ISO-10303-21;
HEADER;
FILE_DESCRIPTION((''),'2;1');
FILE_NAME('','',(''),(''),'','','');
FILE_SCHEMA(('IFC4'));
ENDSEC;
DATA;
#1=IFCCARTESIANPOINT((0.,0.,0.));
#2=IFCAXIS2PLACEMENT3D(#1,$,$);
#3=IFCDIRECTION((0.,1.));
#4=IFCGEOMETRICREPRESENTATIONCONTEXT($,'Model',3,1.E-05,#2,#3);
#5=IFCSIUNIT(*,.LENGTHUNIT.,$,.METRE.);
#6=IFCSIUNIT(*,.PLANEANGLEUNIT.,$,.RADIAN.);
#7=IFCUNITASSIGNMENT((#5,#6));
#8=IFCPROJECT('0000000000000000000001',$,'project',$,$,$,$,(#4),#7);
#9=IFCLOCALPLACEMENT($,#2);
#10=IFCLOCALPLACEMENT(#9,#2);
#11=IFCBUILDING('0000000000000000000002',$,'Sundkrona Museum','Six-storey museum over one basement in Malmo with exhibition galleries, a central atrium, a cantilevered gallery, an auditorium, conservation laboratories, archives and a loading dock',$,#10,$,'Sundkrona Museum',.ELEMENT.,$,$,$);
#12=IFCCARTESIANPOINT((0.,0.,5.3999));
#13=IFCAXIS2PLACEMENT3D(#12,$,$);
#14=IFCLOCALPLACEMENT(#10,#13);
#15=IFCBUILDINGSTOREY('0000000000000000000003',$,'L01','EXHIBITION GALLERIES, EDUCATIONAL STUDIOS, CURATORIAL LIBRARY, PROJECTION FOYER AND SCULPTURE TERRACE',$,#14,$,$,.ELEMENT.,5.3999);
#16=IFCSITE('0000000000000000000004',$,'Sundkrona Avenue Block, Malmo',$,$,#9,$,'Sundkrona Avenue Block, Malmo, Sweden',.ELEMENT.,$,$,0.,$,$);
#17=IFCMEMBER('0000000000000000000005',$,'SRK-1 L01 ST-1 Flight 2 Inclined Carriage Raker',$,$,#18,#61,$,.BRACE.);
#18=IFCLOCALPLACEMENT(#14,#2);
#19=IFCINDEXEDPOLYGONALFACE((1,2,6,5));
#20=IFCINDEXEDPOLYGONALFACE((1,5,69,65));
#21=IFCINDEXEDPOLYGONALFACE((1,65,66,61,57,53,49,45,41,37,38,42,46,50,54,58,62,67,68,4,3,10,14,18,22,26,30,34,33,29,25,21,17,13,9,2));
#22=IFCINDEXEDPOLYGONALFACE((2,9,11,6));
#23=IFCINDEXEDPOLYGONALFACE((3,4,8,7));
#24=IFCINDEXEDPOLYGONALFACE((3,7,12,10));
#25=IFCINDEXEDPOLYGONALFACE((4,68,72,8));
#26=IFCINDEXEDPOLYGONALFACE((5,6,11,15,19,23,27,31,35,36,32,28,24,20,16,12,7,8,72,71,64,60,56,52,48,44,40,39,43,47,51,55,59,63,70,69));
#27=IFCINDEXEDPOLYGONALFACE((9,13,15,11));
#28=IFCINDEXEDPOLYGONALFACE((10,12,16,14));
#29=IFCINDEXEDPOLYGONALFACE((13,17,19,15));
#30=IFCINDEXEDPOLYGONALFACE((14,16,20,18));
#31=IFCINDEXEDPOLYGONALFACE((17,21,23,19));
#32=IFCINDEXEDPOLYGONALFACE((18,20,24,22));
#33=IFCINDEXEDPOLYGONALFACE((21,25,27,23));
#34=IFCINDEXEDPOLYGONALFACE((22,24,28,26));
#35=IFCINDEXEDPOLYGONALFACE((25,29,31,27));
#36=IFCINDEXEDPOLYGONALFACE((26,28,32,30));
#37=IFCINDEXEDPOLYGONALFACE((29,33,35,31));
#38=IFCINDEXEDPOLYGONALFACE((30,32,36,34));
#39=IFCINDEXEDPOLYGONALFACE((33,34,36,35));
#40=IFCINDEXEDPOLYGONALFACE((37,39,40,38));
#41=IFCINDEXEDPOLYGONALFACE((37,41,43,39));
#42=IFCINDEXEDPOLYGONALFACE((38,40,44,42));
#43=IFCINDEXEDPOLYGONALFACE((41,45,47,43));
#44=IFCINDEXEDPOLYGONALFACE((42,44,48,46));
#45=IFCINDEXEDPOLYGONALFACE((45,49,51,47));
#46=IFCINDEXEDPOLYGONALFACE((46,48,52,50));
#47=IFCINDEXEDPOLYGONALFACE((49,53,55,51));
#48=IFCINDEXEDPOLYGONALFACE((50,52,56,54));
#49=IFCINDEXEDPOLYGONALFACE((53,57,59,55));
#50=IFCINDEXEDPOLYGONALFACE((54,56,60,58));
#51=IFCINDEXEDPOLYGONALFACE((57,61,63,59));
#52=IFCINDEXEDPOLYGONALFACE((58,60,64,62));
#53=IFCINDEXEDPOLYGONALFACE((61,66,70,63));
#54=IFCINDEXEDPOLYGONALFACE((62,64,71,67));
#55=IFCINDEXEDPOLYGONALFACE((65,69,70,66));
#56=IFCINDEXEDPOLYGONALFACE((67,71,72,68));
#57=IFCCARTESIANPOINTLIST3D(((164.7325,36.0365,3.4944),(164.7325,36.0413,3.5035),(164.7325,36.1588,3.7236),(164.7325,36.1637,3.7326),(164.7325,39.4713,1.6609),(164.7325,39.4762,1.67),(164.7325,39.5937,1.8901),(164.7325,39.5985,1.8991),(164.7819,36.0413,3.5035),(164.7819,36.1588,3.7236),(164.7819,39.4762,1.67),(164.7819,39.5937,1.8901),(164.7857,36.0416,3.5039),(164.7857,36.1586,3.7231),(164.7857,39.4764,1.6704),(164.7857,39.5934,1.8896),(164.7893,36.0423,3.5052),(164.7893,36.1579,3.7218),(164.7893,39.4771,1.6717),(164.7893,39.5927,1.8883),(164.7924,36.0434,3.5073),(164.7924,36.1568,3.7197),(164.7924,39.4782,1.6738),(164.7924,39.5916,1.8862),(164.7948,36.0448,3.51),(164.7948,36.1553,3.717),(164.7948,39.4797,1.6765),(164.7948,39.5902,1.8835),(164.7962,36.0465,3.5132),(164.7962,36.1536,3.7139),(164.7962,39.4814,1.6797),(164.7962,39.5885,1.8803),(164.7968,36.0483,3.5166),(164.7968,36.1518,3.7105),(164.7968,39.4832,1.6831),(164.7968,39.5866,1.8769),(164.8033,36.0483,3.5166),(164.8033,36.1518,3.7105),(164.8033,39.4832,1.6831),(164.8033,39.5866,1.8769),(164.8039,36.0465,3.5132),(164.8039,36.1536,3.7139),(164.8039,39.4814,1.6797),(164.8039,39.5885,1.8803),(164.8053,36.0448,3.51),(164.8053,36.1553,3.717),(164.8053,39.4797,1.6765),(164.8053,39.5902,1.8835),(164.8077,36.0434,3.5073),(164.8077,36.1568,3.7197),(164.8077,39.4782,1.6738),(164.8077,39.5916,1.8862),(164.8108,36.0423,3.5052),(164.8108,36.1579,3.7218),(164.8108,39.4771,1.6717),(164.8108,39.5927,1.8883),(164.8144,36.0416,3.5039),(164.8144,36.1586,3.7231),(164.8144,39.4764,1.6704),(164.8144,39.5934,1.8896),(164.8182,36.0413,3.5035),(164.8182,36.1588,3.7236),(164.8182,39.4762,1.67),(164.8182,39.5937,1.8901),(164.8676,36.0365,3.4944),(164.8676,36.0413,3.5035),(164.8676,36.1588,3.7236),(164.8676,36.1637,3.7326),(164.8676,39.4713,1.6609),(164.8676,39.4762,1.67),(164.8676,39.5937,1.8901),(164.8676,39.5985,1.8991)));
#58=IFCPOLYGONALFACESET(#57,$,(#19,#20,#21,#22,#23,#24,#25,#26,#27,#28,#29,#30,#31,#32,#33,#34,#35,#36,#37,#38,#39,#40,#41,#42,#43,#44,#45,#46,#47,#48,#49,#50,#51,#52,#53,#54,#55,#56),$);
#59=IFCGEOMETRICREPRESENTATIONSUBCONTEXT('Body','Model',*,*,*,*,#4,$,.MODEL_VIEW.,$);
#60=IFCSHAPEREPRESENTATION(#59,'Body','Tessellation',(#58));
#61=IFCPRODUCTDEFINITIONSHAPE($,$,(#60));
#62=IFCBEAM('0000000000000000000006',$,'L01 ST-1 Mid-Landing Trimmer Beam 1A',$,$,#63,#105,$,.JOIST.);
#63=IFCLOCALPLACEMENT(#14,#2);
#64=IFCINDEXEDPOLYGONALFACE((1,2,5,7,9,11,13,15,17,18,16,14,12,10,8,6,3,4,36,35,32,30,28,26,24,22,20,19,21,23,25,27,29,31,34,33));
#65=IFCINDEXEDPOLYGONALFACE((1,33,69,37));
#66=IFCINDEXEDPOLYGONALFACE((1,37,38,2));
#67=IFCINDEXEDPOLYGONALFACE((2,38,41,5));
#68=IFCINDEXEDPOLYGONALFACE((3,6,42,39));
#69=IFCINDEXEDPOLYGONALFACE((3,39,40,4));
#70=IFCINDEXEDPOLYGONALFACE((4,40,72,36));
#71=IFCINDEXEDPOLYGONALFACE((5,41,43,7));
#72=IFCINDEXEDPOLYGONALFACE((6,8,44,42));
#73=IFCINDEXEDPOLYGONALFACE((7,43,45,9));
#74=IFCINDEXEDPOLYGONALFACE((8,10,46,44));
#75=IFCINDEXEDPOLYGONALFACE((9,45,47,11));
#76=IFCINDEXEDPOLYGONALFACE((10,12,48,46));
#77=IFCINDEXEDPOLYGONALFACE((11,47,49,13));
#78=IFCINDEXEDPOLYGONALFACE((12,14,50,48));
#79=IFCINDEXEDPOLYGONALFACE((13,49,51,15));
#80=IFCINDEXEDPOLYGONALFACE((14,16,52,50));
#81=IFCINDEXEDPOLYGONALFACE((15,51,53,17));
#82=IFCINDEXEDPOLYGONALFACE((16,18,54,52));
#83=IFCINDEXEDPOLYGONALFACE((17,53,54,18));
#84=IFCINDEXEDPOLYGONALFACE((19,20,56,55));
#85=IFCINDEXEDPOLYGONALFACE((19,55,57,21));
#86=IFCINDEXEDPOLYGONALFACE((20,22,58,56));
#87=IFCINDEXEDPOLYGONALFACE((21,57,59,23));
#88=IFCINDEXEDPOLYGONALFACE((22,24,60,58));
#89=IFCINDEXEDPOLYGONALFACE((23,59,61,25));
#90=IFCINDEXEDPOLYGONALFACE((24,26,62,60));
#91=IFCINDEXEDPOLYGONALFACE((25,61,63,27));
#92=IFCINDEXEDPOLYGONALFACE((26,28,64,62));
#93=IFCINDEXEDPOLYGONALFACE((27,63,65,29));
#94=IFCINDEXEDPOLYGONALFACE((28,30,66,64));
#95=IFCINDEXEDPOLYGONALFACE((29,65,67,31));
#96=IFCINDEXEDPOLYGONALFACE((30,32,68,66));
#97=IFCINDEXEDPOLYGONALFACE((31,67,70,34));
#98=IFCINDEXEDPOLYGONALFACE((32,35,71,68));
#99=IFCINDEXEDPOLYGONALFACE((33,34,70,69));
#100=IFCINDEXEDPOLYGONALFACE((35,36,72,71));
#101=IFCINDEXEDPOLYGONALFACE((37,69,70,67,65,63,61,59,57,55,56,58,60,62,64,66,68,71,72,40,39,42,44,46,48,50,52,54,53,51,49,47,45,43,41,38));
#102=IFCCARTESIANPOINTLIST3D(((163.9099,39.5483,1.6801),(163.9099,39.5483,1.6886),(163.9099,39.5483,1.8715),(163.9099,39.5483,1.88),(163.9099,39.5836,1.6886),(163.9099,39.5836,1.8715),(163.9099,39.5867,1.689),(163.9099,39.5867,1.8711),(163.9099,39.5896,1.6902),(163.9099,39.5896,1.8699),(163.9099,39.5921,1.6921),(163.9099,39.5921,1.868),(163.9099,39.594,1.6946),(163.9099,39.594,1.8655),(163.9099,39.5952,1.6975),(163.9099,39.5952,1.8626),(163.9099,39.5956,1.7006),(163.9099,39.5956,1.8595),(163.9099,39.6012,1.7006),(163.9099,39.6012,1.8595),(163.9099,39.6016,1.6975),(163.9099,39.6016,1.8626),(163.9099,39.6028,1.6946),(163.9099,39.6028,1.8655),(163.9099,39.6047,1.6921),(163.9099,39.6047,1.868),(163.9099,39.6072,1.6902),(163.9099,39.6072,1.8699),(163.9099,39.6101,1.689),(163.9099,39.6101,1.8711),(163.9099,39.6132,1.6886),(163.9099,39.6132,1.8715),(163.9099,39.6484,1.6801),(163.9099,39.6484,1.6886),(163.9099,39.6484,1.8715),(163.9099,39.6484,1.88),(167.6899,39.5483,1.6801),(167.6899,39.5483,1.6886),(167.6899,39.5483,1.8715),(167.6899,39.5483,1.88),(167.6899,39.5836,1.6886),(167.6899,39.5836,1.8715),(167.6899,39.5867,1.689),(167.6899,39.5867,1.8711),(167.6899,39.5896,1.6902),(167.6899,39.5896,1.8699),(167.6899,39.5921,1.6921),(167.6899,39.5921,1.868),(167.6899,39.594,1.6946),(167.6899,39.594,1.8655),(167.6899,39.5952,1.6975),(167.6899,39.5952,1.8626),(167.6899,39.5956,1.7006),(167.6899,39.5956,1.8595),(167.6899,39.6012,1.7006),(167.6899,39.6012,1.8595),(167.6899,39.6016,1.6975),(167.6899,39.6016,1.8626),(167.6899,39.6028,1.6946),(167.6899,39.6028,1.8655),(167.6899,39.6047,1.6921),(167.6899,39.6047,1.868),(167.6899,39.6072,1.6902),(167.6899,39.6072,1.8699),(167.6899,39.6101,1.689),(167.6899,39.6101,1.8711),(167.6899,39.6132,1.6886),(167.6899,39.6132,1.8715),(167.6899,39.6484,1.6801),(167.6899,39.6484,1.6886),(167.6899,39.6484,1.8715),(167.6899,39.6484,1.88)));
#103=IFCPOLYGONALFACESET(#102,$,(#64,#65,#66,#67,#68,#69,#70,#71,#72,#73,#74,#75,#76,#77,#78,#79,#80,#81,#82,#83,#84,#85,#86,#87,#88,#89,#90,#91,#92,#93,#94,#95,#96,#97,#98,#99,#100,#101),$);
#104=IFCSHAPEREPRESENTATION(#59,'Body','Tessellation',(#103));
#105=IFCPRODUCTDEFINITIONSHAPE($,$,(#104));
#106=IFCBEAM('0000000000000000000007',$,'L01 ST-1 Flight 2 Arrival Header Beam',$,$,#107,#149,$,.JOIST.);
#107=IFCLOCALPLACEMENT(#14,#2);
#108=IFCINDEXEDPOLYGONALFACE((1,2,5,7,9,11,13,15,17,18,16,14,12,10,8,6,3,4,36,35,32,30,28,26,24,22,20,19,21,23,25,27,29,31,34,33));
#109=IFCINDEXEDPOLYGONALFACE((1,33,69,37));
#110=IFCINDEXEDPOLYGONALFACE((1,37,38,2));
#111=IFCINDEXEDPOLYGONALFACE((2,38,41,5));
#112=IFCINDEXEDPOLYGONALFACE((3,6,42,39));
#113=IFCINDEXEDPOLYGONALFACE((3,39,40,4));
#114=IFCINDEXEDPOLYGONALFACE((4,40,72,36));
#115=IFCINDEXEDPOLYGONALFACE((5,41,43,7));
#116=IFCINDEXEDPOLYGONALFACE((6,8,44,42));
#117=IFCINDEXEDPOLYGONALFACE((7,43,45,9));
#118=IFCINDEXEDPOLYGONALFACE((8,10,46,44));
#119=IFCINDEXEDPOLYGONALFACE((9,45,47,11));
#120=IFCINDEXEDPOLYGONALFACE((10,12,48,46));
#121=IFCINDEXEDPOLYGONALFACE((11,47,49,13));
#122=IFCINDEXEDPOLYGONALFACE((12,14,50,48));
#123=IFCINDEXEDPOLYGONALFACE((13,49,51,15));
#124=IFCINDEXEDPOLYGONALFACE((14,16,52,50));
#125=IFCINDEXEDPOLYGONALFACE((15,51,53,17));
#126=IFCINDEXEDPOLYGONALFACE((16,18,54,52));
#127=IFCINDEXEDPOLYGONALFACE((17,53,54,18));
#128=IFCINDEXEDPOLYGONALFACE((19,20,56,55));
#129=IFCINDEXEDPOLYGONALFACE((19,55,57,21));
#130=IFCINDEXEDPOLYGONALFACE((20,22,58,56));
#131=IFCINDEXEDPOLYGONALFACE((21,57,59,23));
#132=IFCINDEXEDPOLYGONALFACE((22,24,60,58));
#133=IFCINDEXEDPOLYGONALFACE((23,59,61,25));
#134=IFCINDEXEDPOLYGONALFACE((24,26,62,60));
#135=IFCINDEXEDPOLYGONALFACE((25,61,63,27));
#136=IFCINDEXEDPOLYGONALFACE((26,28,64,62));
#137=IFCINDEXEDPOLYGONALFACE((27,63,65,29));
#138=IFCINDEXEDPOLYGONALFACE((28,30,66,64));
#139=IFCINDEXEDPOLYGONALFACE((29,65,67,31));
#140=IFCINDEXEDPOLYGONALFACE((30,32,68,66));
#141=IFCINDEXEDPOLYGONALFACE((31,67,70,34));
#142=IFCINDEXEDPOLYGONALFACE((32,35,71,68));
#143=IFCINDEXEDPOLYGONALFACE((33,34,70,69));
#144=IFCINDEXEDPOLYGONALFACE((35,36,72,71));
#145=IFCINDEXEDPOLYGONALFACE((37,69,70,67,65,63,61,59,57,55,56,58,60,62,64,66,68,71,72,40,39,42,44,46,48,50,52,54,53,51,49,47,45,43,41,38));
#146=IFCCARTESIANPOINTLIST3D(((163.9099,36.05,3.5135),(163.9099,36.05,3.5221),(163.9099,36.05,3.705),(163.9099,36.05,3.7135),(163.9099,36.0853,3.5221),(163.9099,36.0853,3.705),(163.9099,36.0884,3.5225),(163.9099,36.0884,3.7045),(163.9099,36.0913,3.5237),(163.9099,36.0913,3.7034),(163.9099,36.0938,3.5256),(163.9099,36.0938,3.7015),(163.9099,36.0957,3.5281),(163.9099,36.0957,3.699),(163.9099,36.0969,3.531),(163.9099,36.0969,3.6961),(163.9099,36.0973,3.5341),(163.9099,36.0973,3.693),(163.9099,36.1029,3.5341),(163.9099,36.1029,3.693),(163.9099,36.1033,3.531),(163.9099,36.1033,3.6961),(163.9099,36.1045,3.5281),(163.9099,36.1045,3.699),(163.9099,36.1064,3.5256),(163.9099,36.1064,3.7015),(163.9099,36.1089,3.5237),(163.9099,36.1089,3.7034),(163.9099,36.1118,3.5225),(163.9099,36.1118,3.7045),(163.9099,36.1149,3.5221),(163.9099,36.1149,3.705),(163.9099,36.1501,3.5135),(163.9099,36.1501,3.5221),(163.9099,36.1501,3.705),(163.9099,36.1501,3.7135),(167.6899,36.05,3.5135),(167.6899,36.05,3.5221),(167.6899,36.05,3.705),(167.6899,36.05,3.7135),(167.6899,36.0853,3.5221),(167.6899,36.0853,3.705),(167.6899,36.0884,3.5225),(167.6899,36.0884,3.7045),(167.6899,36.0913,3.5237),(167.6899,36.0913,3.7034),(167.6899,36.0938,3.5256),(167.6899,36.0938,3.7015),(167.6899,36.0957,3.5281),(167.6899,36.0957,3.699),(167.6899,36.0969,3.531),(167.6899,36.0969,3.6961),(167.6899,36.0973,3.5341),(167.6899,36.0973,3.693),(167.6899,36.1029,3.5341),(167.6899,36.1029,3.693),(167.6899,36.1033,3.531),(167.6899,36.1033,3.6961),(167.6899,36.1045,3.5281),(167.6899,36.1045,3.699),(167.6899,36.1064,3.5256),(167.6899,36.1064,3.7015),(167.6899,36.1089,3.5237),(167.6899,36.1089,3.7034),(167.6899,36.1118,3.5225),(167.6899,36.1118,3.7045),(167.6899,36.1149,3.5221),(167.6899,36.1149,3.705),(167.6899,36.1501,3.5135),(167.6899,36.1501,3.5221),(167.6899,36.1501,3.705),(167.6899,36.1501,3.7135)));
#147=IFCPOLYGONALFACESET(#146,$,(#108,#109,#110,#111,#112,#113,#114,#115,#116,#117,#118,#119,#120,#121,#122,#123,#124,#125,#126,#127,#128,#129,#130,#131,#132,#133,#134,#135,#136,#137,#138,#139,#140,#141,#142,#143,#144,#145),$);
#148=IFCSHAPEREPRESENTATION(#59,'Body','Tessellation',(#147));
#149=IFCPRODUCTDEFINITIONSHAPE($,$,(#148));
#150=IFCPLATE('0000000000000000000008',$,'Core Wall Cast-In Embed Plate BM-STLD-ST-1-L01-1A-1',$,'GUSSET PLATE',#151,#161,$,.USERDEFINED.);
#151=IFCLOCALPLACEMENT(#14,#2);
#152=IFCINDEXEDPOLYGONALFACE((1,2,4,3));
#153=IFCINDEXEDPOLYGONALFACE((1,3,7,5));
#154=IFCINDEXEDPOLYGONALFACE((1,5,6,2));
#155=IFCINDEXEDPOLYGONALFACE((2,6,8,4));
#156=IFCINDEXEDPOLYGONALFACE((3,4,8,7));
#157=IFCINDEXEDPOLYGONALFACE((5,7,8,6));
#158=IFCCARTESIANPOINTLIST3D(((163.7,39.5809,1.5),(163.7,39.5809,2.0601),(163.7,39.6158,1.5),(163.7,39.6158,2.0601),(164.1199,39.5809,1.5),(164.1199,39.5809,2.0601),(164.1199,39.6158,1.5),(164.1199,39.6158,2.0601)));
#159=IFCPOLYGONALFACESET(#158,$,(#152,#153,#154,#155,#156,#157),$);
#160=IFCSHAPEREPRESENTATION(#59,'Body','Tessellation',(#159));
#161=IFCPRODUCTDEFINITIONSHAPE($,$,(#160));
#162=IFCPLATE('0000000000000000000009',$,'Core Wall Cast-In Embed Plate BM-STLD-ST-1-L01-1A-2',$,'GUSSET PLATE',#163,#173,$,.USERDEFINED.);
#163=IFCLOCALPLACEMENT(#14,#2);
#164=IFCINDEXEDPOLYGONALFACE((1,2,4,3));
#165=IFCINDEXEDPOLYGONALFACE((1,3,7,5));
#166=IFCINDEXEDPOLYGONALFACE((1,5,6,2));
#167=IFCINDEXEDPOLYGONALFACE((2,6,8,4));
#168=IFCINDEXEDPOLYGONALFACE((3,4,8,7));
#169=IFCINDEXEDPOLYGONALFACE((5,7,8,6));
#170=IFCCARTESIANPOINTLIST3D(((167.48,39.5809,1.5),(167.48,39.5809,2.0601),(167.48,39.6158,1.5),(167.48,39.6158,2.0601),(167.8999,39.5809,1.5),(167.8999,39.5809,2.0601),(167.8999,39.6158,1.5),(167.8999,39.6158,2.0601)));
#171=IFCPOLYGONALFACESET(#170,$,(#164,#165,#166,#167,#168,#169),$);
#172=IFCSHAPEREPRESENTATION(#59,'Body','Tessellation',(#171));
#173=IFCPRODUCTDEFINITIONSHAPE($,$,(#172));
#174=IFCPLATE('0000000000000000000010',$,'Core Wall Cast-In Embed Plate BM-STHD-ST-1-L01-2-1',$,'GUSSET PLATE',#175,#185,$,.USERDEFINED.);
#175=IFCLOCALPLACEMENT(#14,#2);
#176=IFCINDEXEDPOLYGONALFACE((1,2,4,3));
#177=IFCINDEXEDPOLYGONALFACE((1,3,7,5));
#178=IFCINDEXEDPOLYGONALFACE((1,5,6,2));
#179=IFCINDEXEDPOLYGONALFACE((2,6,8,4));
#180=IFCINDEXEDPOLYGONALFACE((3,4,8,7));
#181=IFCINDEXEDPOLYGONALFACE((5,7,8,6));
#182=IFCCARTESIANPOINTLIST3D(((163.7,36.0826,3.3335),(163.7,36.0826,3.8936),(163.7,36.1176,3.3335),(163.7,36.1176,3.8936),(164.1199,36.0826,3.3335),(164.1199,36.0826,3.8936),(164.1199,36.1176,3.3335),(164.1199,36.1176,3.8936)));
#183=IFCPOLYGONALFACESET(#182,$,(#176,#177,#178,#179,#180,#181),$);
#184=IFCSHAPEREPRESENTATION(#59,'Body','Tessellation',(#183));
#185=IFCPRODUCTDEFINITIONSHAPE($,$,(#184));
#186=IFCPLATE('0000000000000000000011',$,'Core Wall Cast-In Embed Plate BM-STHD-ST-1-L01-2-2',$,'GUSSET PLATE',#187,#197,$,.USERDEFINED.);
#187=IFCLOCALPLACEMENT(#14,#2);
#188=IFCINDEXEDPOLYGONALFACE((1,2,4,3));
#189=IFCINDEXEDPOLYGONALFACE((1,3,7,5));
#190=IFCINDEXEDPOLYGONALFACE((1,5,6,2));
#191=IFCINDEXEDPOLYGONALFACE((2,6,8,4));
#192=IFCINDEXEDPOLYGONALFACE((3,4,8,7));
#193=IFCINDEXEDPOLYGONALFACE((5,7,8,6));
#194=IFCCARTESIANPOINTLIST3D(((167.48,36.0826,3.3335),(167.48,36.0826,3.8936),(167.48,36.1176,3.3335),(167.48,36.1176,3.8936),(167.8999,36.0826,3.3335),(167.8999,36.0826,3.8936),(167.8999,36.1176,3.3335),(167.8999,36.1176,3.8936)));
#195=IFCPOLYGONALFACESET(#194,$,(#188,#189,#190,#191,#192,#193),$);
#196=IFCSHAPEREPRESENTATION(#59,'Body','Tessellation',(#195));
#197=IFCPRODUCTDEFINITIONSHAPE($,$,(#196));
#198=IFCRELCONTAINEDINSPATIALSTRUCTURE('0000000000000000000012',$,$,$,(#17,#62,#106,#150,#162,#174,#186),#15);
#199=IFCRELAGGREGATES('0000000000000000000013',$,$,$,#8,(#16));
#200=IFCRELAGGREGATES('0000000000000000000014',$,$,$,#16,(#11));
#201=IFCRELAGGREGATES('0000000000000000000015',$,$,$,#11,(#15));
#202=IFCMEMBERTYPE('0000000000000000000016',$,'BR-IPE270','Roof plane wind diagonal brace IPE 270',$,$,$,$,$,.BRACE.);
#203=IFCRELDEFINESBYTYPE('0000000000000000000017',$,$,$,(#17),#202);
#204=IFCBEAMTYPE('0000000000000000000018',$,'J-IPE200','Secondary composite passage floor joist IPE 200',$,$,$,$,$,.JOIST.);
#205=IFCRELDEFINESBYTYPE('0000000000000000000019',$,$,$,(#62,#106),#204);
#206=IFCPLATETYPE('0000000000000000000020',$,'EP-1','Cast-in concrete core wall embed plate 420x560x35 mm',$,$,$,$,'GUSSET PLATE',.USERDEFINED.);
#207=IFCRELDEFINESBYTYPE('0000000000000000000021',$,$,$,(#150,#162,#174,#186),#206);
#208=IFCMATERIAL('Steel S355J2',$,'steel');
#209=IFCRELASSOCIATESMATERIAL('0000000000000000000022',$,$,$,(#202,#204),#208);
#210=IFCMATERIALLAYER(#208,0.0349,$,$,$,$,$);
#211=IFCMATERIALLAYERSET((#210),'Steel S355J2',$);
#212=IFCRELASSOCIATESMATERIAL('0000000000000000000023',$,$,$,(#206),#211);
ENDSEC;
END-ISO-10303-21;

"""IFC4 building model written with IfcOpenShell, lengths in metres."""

from ifc_helpers import new_model, si_unit, direction, frame, origin, origin_2d, place, context, subcontext, project, spatial, rectangle, i_section, extrude, material, layer, layer_set, material_profile, profile_set, type_object, element, save


model = new_model("IFC4")

# Units and contexts
model_context = context("Model", 3, precision=1e-05, world=origin(), true_north=direction((0.0, 1.0)))
body_context = subcontext(model_context, "Body", "Model", "MODEL_VIEW")
ifc_project = project(units=[si_unit("LENGTHUNIT", "METRE"), si_unit("PLANEANGLEUNIT", "RADIAN")], contexts=[model_context])

# Site, building, storey
site_placement = place(None, origin())
site = spatial("IfcSite", under=ifc_project, at=site_placement, Name="Sundkrona Avenue Block, Malmo", LongName="Sundkrona Avenue Block, Malmo, Sweden", CompositionType="ELEMENT", RefElevation=0.0)
building_placement = place(site_placement, origin())
building = spatial("IfcBuilding", under=site, at=building_placement, Name="Sundkrona Museum", Description="Six-storey museum over one basement in Malmo with exhibition galleries, a central atrium, a cantilevered gallery, an auditorium, conservation laboratories, archives and a loading dock", LongName="Sundkrona Museum", CompositionType="ELEMENT")
storey_placement = place(building_placement, frame((0.0, 0.0, 5.3999)))
storey = spatial("IfcBuildingStorey", under=building, at=storey_placement, Name="L01", Description="EXHIBITION GALLERIES, EDUCATIONAL STUDIOS, CURATORIAL LIBRARY, PROJECTION FOYER AND SCULPTURE TERRACE", CompositionType="ELEMENT", Elevation=5.3999)

# Member
ifc_material_1 = material(Name="Steel S355J2", Category="steel")
ifc_material_profile_1 = material_profile(ifc_material_1, i_section(OverallWidth=0.135, OverallDepth=0.27, WebThickness=0.0066, FlangeThickness=0.0103, FilletRadius=0.0149, at=origin_2d()), Name="IPE 270")
ifc_profile_set_1 = profile_set([ifc_material_profile_1], Name="Steel S355J2")
member_type = type_object("IfcMemberType", Name="BR-IPE270", Description="Roof plane wind diagonal brace IPE 270", PredefinedType="BRACE", material=ifc_profile_set_1)
member_placement = place(storey_placement, frame((164.8, 39.5349, 1.78), z_axis=(0.0, -0.882183, 0.470907), x_axis=(1.0, 0.0, 0.0)))
element("IfcMember", 1, at=member_placement, inside=storey, type_object=member_type, Name="SRK-1 L01 ST-1 Flight 2 Inclined Carriage Raker", PredefinedType="BRACE", context=body_context, shape_type="SweptSolid", body=[
    extrude(i_section(OverallWidth=0.135, OverallDepth=0.27, WebThickness=0.0066, FlangeThickness=0.0103, FilletRadius=0.0149, at=origin_2d()), origin(), (0.0, 0.0, 1.0), 3.8936),
])

# Beams
ifc_material_profile_2 = material_profile(ifc_material_1, i_section(OverallWidth=0.1001, OverallDepth=0.2, WebThickness=0.0056, FlangeThickness=0.0085, FilletRadius=0.012, at=origin_2d()), Name="IPE 200")
ifc_profile_set_2 = profile_set([ifc_material_profile_2], Name="Steel S355J2")
beam_type = type_object("IfcBeamType", Name="J-IPE200", Description="Secondary composite passage floor joist IPE 200", PredefinedType="JOIST", material=ifc_profile_set_2)
for number, where, z_axis, x_axis, name in (
    (2, (163.9099, 39.5984, 1.78), (1.0, 0.0, 0.0), (0.0, 1.0, 0.0), "L01 ST-1 Mid-Landing Trimmer Beam 1A"),
    (3, (163.9099, 36.1001, 3.6135), (1.0, 0.0, 0.0), (0.0, 1.0, 0.0), "L01 ST-1 Flight 2 Arrival Header Beam"),
):
    element("IfcBeam", number, at=place(storey_placement, frame(where, z_axis=z_axis, x_axis=x_axis)), inside=storey, type_object=beam_type, Name=name, PredefinedType="JOIST", context=body_context, shape_type="SweptSolid", body=[
        extrude(i_section(OverallWidth=0.1001, OverallDepth=0.2, WebThickness=0.0056, FlangeThickness=0.0085, FilletRadius=0.012, at=origin_2d()), origin(), (0.0, 0.0, 1.0), 3.78),
    ])

# Plates
ifc_layer_1 = layer(ifc_material_1, 0.0349)
ifc_layer_set_1 = layer_set([ifc_layer_1], Name="Steel S355J2")
plate_type = type_object("IfcPlateType", Name="EP-1", Description="Cast-in concrete core wall embed plate 420x560x35 mm", ElementType="GUSSET PLATE", PredefinedType="USERDEFINED", material=ifc_layer_set_1)
for number, where, z_axis, x_axis, name in (
    (4, (163.9099, 39.5984, 1.5), (0.0, 0.0, 1.0), (1.0, 0.0, 0.0), "Core Wall Cast-In Embed Plate BM-STLD-ST-1-L01-1A-1"),
    (5, (167.6899, 39.5984, 1.5), (0.0, 0.0, 1.0), (1.0, 0.0, 0.0), "Core Wall Cast-In Embed Plate BM-STLD-ST-1-L01-1A-2"),
    (6, (163.9099, 36.1001, 3.3335), (0.0, 0.0, 1.0), (1.0, 0.0, 0.0), "Core Wall Cast-In Embed Plate BM-STHD-ST-1-L01-2-1"),
    (7, (167.6899, 36.1001, 3.3335), (0.0, 0.0, 1.0), (1.0, 0.0, 0.0), "Core Wall Cast-In Embed Plate BM-STHD-ST-1-L01-2-2"),
):
    element("IfcPlate", number, at=place(storey_placement, frame(where, z_axis=z_axis, x_axis=x_axis)), inside=storey, type_object=plate_type, Name=name, ObjectType="GUSSET PLATE", PredefinedType="USERDEFINED", context=body_context, shape_type="SweptSolid", body=[
        extrude(rectangle(XDim=0.4199, YDim=0.0349, at=origin_2d()), origin(), (0.0, 0.0, 1.0), 0.5601),
    ])

save(model, "model.ifc")
